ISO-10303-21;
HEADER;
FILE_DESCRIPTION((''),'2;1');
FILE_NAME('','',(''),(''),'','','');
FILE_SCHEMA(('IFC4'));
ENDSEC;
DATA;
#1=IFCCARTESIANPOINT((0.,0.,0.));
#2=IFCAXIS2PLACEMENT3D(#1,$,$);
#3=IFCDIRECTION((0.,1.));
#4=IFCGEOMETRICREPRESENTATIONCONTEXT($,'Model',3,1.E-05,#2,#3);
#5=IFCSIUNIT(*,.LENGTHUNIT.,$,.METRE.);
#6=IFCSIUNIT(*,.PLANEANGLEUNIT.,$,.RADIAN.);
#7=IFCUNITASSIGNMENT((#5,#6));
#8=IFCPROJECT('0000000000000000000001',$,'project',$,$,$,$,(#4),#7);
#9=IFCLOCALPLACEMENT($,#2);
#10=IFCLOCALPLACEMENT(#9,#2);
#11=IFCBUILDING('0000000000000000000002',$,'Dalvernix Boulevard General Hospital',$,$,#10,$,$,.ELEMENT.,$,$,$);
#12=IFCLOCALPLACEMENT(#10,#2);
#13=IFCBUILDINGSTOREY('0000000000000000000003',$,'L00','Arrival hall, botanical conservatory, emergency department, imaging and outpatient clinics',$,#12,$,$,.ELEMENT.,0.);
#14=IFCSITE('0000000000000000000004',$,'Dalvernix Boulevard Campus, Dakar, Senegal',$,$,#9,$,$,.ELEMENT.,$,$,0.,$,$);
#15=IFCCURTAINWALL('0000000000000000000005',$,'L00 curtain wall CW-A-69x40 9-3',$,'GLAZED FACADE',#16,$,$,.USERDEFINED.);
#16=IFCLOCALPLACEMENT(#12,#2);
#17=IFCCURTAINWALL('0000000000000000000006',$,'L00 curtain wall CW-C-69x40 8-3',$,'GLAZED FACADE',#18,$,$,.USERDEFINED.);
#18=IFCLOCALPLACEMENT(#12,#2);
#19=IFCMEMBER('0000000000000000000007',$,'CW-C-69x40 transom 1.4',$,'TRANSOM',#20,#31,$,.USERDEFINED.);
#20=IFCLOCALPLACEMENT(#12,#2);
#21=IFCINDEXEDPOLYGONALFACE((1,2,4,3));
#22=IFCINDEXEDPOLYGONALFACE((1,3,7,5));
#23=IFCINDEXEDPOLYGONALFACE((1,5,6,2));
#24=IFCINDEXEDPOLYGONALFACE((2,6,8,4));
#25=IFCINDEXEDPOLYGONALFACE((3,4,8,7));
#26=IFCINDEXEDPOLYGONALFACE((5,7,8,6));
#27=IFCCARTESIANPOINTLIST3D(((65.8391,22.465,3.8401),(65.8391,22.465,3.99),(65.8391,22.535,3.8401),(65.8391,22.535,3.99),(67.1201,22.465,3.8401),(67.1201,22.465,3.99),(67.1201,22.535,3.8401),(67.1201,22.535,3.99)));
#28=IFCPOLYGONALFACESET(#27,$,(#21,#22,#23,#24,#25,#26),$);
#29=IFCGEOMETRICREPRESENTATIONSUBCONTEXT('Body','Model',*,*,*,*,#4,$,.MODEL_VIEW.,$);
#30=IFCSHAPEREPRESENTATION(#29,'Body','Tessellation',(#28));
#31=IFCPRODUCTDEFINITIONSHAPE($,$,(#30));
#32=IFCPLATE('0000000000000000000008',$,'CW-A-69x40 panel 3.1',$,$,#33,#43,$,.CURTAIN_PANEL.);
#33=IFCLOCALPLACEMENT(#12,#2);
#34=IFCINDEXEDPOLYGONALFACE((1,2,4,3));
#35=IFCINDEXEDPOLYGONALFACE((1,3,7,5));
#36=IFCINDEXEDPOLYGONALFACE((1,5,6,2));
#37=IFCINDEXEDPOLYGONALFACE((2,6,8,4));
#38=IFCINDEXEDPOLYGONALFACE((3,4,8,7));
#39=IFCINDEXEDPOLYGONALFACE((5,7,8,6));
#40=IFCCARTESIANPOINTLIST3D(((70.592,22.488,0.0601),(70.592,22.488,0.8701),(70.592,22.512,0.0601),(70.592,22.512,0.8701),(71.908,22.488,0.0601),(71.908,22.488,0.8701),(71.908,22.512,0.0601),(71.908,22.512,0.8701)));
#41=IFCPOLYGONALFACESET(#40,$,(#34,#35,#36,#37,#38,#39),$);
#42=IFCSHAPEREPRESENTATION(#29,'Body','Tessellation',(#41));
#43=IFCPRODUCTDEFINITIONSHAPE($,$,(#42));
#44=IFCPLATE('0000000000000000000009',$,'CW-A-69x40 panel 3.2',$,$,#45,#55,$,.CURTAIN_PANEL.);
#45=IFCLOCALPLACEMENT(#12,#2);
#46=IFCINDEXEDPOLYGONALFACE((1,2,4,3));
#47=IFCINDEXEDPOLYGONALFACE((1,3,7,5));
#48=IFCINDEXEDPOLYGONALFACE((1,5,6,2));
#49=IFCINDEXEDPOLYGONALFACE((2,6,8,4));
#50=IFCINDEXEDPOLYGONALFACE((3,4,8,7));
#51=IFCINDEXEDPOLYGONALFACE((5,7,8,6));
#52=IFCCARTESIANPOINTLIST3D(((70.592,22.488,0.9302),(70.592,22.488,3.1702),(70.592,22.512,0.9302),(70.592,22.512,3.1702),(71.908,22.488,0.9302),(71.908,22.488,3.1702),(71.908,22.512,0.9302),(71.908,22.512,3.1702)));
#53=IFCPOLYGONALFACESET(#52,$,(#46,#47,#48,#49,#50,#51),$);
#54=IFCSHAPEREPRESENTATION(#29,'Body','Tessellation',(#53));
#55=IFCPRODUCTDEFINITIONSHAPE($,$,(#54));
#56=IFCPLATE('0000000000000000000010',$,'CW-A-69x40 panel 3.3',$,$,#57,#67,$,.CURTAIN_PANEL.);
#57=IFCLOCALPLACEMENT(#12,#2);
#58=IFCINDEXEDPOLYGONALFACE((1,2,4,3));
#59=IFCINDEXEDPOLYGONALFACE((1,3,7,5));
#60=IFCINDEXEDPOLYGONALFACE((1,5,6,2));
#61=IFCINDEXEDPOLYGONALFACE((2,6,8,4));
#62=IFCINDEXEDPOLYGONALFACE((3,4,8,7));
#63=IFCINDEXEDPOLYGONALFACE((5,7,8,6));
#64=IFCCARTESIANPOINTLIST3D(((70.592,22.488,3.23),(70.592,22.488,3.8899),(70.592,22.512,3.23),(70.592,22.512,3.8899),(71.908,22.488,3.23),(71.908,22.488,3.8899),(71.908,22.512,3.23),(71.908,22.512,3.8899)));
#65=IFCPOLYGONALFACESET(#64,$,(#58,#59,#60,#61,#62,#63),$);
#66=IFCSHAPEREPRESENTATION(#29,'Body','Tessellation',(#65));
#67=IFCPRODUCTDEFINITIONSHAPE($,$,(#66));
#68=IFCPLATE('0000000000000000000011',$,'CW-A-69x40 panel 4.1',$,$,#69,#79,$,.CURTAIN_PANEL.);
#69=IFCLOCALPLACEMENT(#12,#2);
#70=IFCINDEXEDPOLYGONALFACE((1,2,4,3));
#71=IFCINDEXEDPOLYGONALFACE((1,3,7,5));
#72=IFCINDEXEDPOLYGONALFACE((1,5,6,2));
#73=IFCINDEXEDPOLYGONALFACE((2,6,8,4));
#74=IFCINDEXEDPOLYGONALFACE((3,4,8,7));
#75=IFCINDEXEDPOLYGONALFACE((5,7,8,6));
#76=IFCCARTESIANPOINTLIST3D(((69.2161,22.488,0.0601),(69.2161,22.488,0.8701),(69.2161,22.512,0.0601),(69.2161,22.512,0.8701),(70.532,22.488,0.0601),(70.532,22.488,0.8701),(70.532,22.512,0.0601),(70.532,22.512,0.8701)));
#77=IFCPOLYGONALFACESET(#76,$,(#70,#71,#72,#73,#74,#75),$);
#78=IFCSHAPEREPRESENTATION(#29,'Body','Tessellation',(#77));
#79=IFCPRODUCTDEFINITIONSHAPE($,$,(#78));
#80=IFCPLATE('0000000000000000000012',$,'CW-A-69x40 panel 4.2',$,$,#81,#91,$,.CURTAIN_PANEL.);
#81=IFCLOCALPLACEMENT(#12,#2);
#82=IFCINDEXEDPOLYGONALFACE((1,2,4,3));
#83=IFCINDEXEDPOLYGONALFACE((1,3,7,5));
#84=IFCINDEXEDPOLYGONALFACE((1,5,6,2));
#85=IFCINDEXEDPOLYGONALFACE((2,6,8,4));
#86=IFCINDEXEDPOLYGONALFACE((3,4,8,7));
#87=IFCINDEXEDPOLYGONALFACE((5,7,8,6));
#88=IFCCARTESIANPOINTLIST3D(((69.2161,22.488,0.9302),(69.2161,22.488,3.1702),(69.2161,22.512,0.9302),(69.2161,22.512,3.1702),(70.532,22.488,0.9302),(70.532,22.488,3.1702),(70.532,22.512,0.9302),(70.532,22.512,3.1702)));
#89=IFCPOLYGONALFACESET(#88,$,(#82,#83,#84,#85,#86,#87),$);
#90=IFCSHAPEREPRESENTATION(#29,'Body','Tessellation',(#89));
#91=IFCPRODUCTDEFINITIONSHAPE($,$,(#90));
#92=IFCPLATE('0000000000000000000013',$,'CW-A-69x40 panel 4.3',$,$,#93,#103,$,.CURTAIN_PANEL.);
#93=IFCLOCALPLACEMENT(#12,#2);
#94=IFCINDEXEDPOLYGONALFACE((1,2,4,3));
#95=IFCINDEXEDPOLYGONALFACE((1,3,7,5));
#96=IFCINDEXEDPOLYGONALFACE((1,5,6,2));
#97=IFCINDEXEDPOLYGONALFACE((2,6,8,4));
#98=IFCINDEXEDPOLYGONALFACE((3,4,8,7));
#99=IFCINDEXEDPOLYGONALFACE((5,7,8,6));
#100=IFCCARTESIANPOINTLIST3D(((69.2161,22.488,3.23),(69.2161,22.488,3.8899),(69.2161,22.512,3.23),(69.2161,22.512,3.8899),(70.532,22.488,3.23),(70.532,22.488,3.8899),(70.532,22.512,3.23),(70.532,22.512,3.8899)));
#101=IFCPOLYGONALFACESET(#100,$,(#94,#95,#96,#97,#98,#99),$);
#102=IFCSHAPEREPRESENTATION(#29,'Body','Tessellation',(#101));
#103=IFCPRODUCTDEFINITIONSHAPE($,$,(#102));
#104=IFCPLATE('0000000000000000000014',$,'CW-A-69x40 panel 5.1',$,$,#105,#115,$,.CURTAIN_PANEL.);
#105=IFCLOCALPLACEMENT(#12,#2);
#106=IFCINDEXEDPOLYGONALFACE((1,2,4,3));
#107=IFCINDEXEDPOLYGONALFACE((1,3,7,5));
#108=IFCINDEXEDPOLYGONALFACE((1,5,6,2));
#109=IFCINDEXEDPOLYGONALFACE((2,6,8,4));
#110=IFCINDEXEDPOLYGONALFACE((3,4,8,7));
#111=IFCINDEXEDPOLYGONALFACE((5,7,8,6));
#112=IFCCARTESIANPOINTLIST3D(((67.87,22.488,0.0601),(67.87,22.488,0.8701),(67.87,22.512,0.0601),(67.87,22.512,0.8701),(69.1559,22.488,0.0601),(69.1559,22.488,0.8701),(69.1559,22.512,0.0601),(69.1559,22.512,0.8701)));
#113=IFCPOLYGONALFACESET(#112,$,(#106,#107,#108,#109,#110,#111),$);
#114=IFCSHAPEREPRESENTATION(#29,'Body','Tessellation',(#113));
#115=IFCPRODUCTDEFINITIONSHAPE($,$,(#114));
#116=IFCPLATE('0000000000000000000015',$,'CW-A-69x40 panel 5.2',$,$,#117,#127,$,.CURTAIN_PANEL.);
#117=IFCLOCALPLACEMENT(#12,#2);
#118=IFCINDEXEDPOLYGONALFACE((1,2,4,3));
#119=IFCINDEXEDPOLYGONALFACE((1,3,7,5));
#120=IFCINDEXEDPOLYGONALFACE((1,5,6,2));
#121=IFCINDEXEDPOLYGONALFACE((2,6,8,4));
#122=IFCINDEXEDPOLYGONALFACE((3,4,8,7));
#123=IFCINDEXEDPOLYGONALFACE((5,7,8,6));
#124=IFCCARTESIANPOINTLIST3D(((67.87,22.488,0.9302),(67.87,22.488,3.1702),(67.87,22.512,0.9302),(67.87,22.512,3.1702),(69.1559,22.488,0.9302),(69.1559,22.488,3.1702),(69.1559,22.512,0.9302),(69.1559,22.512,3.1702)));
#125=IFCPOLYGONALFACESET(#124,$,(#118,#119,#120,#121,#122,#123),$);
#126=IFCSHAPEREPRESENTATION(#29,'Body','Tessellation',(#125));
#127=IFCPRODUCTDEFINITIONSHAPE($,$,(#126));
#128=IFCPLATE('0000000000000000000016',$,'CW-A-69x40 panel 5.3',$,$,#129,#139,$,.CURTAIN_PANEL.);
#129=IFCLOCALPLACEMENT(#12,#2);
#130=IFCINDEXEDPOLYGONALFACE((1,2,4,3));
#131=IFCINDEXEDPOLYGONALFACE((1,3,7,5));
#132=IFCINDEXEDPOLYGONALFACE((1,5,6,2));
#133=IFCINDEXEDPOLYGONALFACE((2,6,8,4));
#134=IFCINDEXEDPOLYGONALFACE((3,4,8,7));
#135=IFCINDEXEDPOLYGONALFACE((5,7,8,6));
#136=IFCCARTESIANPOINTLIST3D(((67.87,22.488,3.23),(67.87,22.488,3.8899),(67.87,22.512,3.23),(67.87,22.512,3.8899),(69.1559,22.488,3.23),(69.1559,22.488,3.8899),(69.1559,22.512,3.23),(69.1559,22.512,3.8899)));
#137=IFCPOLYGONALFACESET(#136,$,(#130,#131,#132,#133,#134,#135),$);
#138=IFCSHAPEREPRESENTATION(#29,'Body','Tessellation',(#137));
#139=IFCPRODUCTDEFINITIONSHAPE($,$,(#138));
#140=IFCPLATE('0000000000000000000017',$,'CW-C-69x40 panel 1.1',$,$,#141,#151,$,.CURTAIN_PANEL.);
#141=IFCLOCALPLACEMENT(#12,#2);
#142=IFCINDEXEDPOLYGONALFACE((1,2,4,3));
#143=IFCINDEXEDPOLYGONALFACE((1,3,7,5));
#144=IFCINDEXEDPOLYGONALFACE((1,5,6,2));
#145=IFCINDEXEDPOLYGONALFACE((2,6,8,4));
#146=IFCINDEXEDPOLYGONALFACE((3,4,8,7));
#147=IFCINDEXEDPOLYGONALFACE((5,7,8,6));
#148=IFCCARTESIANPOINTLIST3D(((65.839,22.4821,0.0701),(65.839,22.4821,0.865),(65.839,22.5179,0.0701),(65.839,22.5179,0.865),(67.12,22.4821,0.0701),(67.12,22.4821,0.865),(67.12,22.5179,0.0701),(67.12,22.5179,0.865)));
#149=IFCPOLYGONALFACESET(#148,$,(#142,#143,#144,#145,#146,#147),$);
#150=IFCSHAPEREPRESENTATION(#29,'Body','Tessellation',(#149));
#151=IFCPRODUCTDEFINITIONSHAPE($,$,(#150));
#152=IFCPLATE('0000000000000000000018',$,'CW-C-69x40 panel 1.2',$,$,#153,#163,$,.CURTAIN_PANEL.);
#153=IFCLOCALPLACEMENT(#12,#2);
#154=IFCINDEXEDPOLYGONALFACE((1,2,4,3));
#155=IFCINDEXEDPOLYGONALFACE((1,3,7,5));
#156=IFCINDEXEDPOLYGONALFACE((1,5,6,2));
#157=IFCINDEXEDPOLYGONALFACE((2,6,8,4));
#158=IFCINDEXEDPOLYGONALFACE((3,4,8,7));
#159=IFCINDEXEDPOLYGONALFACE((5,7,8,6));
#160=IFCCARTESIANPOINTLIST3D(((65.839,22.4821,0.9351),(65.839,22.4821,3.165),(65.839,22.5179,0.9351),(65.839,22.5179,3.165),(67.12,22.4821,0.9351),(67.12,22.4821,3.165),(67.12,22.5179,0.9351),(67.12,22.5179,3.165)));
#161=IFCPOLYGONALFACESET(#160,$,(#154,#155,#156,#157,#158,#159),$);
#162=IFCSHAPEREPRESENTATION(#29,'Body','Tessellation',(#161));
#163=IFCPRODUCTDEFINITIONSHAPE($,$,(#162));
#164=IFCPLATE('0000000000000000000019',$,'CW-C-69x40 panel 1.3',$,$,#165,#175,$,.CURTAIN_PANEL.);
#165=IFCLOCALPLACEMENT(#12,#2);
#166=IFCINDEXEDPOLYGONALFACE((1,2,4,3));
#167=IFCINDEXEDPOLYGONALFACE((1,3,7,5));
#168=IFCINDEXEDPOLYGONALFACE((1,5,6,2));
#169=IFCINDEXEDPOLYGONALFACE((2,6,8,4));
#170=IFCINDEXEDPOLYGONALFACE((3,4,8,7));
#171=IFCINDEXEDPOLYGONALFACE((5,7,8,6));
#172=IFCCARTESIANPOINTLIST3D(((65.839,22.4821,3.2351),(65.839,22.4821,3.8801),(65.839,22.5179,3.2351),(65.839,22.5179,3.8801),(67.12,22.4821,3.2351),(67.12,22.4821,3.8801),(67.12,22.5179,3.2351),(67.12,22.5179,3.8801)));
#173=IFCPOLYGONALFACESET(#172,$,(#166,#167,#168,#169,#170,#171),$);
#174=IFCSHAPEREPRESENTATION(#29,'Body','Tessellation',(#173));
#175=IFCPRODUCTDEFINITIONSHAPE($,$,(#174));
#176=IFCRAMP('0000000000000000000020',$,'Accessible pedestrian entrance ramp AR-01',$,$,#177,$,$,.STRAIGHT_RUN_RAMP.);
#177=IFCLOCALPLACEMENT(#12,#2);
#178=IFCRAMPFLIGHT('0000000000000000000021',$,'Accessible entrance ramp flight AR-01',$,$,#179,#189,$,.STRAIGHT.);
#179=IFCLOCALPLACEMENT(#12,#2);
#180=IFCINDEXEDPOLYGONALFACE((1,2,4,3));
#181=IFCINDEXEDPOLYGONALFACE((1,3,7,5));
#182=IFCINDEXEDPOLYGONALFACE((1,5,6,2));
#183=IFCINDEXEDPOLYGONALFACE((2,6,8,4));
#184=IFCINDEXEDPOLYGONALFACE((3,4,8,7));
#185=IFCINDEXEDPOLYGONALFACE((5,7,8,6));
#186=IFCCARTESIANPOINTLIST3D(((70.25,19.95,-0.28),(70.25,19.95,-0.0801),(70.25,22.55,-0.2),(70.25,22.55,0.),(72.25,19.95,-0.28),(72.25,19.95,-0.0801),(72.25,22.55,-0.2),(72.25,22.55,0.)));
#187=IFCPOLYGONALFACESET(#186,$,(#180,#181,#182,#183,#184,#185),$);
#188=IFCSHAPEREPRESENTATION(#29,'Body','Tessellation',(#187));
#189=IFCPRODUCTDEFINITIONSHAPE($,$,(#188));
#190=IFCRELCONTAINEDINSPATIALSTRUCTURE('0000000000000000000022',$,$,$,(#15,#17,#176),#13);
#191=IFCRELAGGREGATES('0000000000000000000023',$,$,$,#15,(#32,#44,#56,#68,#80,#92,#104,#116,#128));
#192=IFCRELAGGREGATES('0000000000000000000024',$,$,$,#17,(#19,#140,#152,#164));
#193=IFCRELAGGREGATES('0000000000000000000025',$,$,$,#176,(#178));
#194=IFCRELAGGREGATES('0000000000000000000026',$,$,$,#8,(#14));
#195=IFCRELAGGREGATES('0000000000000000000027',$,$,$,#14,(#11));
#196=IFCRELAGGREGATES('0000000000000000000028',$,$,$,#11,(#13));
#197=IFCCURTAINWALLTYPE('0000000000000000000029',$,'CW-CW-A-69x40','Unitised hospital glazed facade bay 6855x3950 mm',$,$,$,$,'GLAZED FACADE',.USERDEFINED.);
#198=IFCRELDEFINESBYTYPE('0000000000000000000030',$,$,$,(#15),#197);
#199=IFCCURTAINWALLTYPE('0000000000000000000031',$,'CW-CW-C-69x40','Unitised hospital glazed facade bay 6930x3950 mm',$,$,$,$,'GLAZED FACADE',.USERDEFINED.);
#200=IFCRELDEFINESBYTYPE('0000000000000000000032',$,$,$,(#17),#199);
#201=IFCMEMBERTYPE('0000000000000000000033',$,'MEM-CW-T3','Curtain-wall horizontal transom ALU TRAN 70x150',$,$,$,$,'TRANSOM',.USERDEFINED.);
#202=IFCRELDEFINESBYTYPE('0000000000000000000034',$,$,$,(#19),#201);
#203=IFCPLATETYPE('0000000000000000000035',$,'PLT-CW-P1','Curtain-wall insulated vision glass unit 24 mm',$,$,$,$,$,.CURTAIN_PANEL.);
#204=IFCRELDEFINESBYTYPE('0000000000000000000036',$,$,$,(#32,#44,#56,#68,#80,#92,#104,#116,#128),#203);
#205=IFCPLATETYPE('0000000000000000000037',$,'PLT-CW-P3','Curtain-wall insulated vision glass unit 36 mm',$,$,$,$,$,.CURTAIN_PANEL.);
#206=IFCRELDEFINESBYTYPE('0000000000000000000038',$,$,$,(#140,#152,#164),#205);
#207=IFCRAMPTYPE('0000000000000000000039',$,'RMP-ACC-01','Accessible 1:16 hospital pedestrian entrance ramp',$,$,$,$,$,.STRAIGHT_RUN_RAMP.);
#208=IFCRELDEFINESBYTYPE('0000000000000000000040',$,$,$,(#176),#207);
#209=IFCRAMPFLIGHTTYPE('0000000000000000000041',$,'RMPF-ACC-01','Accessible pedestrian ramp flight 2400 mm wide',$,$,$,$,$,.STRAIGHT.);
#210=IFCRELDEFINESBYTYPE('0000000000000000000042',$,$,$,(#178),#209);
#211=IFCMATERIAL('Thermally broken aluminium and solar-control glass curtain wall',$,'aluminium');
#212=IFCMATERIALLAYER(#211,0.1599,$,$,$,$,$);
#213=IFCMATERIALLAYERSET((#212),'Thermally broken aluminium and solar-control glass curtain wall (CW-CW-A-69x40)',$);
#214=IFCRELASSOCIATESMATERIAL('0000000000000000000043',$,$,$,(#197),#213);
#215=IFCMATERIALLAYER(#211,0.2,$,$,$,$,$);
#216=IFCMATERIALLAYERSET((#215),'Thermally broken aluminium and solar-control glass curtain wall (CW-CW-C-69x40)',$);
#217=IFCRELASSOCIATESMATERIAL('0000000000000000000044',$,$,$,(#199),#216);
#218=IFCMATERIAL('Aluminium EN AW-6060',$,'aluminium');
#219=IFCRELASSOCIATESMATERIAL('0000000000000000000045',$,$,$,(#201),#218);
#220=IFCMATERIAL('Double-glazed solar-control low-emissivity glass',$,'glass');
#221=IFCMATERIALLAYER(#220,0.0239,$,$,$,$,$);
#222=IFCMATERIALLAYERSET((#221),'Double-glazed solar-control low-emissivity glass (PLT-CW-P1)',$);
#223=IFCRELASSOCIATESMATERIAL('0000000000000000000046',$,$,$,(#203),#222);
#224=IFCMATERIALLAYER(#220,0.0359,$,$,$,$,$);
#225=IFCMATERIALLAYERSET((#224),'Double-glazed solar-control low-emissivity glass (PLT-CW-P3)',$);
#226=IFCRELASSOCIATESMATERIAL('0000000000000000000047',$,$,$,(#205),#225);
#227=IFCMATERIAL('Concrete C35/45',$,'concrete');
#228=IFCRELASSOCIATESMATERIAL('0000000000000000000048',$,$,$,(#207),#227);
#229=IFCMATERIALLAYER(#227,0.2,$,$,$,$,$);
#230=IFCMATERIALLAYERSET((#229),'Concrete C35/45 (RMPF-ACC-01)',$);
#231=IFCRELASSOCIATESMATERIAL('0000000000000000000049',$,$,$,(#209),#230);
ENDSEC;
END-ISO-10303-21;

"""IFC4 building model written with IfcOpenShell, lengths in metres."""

from ifc_helpers import new_model, si_unit, direction, frame, origin, origin_2d, place, context, subcontext, project, spatial, polyline, rectangle, outline, extrude, material, layer, layer_set, material_profile, profile_set, type_object, element, aggregate, save


model = new_model("IFC4")

# Units and contexts
model_context = context("Model", 3, precision=1e-05, world=origin(), true_north=direction((0.0, 1.0)))
body_context = subcontext(model_context, "Body", "Model", "MODEL_VIEW")
ifc_project = project(units=[si_unit("LENGTHUNIT", "METRE"), si_unit("PLANEANGLEUNIT", "RADIAN")], contexts=[model_context])

# Site, building, storey
site_placement = place(None, origin())
site = spatial("IfcSite", under=ifc_project, at=site_placement, Name="Dalvernix Boulevard Campus, Dakar, Senegal", CompositionType="ELEMENT", RefElevation=0.0)
building_placement = place(site_placement, origin())
building = spatial("IfcBuilding", under=site, at=building_placement, Name="Dalvernix Boulevard General Hospital", CompositionType="ELEMENT")
storey_placement = place(building_placement, origin())
storey = spatial("IfcBuildingStorey", under=building, at=storey_placement, Name="L00", Description="Arrival hall, botanical conservatory, emergency department, imaging and outpatient clinics", CompositionType="ELEMENT", Elevation=0.0)

# Shared definitions
ifc_material_1 = material(Name="Concrete C35/45", Category="concrete")

# Curtain wall
ifc_material_2 = material(Name="Thermally broken aluminium and solar-control glass curtain wall", Category="aluminium")
ifc_layer_1 = layer(ifc_material_2, 0.1599)
ifc_layer_set_1 = layer_set([ifc_layer_1], Name="Thermally broken aluminium and solar-control glass curtain wall (CW-CW-A-69x40)")
curtain_wall_type_1 = type_object("IfcCurtainWallType", Name="CW-CW-A-69x40", Description="Unitised hospital glazed facade bay 6855x3950 mm", ElementType="GLAZED FACADE", PredefinedType="USERDEFINED", material=ifc_layer_set_1)
curtain_wall_1_placement = place(storey_placement, origin())
curtain_wall_1 = element("IfcCurtainWall", 1, at=curtain_wall_1_placement, inside=storey, type_object=curtain_wall_type_1, Name="L00 curtain wall CW-A-69x40 9-3", ObjectType="GLAZED FACADE", PredefinedType="USERDEFINED")
ifc_material_3 = material(Name="Aluminium EN AW-6060", Category="aluminium")

# Curtain wall
ifc_layer_2 = layer(ifc_material_2, 0.2)
ifc_layer_set_2 = layer_set([ifc_layer_2], Name="Thermally broken aluminium and solar-control glass curtain wall (CW-CW-C-69x40)")
curtain_wall_type_2 = type_object("IfcCurtainWallType", Name="CW-CW-C-69x40", Description="Unitised hospital glazed facade bay 6930x3950 mm", ElementType="GLAZED FACADE", PredefinedType="USERDEFINED", material=ifc_layer_set_2)
curtain_wall_2_placement = place(storey_placement, origin())
curtain_wall_2 = element("IfcCurtainWall", 2, at=curtain_wall_2_placement, inside=storey, type_object=curtain_wall_type_2, Name="L00 curtain wall CW-C-69x40 8-3", ObjectType="GLAZED FACADE", PredefinedType="USERDEFINED")

# Member
ifc_material_profile_1 = material_profile(ifc_material_3, rectangle(XDim=0.0701, YDim=0.1499, at=origin_2d()), Name="ALU TRAN 70x150")
ifc_profile_set_1 = profile_set([ifc_material_profile_1], Name="Aluminium EN AW-6060")
member_type_1 = type_object("IfcMemberType", Name="MEM-CW-T3", Description="Curtain-wall horizontal transom ALU TRAN 70x150", ElementType="TRANSOM", PredefinedType="USERDEFINED", material=ifc_profile_set_1)
member_1_placement = place(storey_placement, frame((67.1201, 22.5, 3.915), z_axis=(-1.0, 0.0, 0.0), x_axis=(0.0, -1.0, 0.0)))
member_1 = element("IfcMember", 3, at=member_1_placement, type_object=member_type_1, Name="CW-C-69x40 transom 1.4", ObjectType="TRANSOM", PredefinedType="USERDEFINED", context=body_context, shape_type="SweptSolid", body=[
    extrude(rectangle(XDim=0.0701, YDim=0.1499, at=origin_2d()), origin(), (0.0, 0.0, 1.0), 1.281),
])

# Plates
ifc_material_4 = material(Name="Double-glazed solar-control low-emissivity glass", Category="glass")
ifc_layer_3 = layer(ifc_material_4, 0.0239)
ifc_layer_set_3 = layer_set([ifc_layer_3], Name="Double-glazed solar-control low-emissivity glass (PLT-CW-P1)")
plate_type_1 = type_object("IfcPlateType", Name="PLT-CW-P1", Description="Curtain-wall insulated vision glass unit 24 mm", PredefinedType="CURTAIN_PANEL", material=ifc_layer_set_3)
plate_1_placement = place(storey_placement, frame((71.25, 22.5, 0.0601), z_axis=(0.0, 0.0, 1.0), x_axis=(-1.0, 0.0, 0.0)))
plate_1 = element("IfcPlate", 4, at=plate_1_placement, type_object=plate_type_1, Name="CW-A-69x40 panel 3.1", PredefinedType="CURTAIN_PANEL", context=body_context, shape_type="SweptSolid", body=[
    extrude(rectangle(XDim=1.3159, YDim=0.0239, at=origin_2d()), origin(), (0.0, 0.0, 1.0), 0.8101),
])
plate_2_placement = place(storey_placement, frame((71.25, 22.5, 0.9302), z_axis=(0.0, 0.0, 1.0), x_axis=(-1.0, 0.0, 0.0)))
plate_2 = element("IfcPlate", 5, at=plate_2_placement, type_object=plate_type_1, Name="CW-A-69x40 panel 3.2", PredefinedType="CURTAIN_PANEL", context=body_context, shape_type="SweptSolid", body=[
    extrude(rectangle(XDim=1.3159, YDim=0.0239, at=origin_2d()), origin(), (0.0, 0.0, 1.0), 2.24),
])
plate_3_placement = place(storey_placement, frame((71.25, 22.5, 3.23), z_axis=(0.0, 0.0, 1.0), x_axis=(-1.0, 0.0, 0.0)))
plate_3 = element("IfcPlate", 6, at=plate_3_placement, type_object=plate_type_1, Name="CW-A-69x40 panel 3.3", PredefinedType="CURTAIN_PANEL", context=body_context, shape_type="SweptSolid", body=[
    extrude(rectangle(XDim=1.3159, YDim=0.0239, at=origin_2d()), origin(), (0.0, 0.0, 1.0), 0.6599),
])
plate_4_placement = place(storey_placement, frame((69.874, 22.5, 0.0601), z_axis=(0.0, 0.0, 1.0), x_axis=(-1.0, 0.0, 0.0)))
plate_4 = element("IfcPlate", 7, at=plate_4_placement, type_object=plate_type_1, Name="CW-A-69x40 panel 4.1", PredefinedType="CURTAIN_PANEL", context=body_context, shape_type="SweptSolid", body=[
    extrude(rectangle(XDim=1.3159, YDim=0.0239, at=origin_2d()), origin(), (0.0, 0.0, 1.0), 0.8101),
])
plate_5_placement = place(storey_placement, frame((69.874, 22.5, 0.9302), z_axis=(0.0, 0.0, 1.0), x_axis=(-1.0, 0.0, 0.0)))
plate_5 = element("IfcPlate", 8, at=plate_5_placement, type_object=plate_type_1, Name="CW-A-69x40 panel 4.2", PredefinedType="CURTAIN_PANEL", context=body_context, shape_type="SweptSolid", body=[
    extrude(rectangle(XDim=1.3159, YDim=0.0239, at=origin_2d()), origin(), (0.0, 0.0, 1.0), 2.24),
])
plate_6_placement = place(storey_placement, frame((69.874, 22.5, 3.23), z_axis=(0.0, 0.0, 1.0), x_axis=(-1.0, 0.0, 0.0)))
plate_6 = element("IfcPlate", 9, at=plate_6_placement, type_object=plate_type_1, Name="CW-A-69x40 panel 4.3", PredefinedType="CURTAIN_PANEL", context=body_context, shape_type="SweptSolid", body=[
    extrude(rectangle(XDim=1.3159, YDim=0.0239, at=origin_2d()), origin(), (0.0, 0.0, 1.0), 0.6599),
])
plate_7_placement = place(storey_placement, frame((68.5129, 22.5, 0.0601), z_axis=(0.0, 0.0, 1.0), x_axis=(-1.0, 0.0, 0.0)))
plate_7 = element("IfcPlate", 10, at=plate_7_placement, type_object=plate_type_1, Name="CW-A-69x40 panel 5.1", PredefinedType="CURTAIN_PANEL", context=body_context, shape_type="SweptSolid", body=[
    extrude(rectangle(XDim=1.2859, YDim=0.0239, at=origin_2d()), origin(), (0.0, 0.0, 1.0), 0.8101),
])
plate_8_placement = place(storey_placement, frame((68.5129, 22.5, 0.9302), z_axis=(0.0, 0.0, 1.0), x_axis=(-1.0, 0.0, 0.0)))
plate_8 = element("IfcPlate", 11, at=plate_8_placement, type_object=plate_type_1, Name="CW-A-69x40 panel 5.2", PredefinedType="CURTAIN_PANEL", context=body_context, shape_type="SweptSolid", body=[
    extrude(rectangle(XDim=1.2859, YDim=0.0239, at=origin_2d()), origin(), (0.0, 0.0, 1.0), 2.24),
])
plate_9_placement = place(storey_placement, frame((68.5129, 22.5, 3.23), z_axis=(0.0, 0.0, 1.0), x_axis=(-1.0, 0.0, 0.0)))
plate_9 = element("IfcPlate", 12, at=plate_9_placement, type_object=plate_type_1, Name="CW-A-69x40 panel 5.3", PredefinedType="CURTAIN_PANEL", context=body_context, shape_type="SweptSolid", body=[
    extrude(rectangle(XDim=1.2859, YDim=0.0239, at=origin_2d()), origin(), (0.0, 0.0, 1.0), 0.6599),
])
aggregate(curtain_wall_1, [plate_1, plate_2, plate_3, plate_4, plate_5, plate_6, plate_7, plate_8, plate_9])
ifc_layer_4 = layer(ifc_material_4, 0.0359)
ifc_layer_set_4 = layer_set([ifc_layer_4], Name="Double-glazed solar-control low-emissivity glass (PLT-CW-P3)")
plate_type_2 = type_object("IfcPlateType", Name="PLT-CW-P3", Description="Curtain-wall insulated vision glass unit 36 mm", PredefinedType="CURTAIN_PANEL", material=ifc_layer_set_4)
plate_10_placement = place(storey_placement, frame((66.4795, 22.5, 0.0701), z_axis=(0.0, 0.0, 1.0), x_axis=(-1.0, 0.0, 0.0)))
plate_10 = element("IfcPlate", 13, at=plate_10_placement, type_object=plate_type_2, Name="CW-C-69x40 panel 1.1", PredefinedType="CURTAIN_PANEL", context=body_context, shape_type="SweptSolid", body=[
    extrude(rectangle(XDim=1.281, YDim=0.0359, at=origin_2d()), origin(), (0.0, 0.0, 1.0), 0.7949),
])
plate_11_placement = place(storey_placement, frame((66.4795, 22.5, 0.9351), z_axis=(0.0, 0.0, 1.0), x_axis=(-1.0, 0.0, 0.0)))
plate_11 = element("IfcPlate", 14, at=plate_11_placement, type_object=plate_type_2, Name="CW-C-69x40 panel 1.2", PredefinedType="CURTAIN_PANEL", context=body_context, shape_type="SweptSolid", body=[
    extrude(rectangle(XDim=1.281, YDim=0.0359, at=origin_2d()), origin(), (0.0, 0.0, 1.0), 2.23),
])
plate_12_placement = place(storey_placement, frame((66.4795, 22.5, 3.2351), z_axis=(0.0, 0.0, 1.0), x_axis=(-1.0, 0.0, 0.0)))
plate_12 = element("IfcPlate", 15, at=plate_12_placement, type_object=plate_type_2, Name="CW-C-69x40 panel 1.3", PredefinedType="CURTAIN_PANEL", context=body_context, shape_type="SweptSolid", body=[
    extrude(rectangle(XDim=1.281, YDim=0.0359, at=origin_2d()), origin(), (0.0, 0.0, 1.0), 0.645),
])
aggregate(curtain_wall_2, [member_1, plate_10, plate_11, plate_12])

# Ramp, ramp flight
ramp_type = type_object("IfcRampType", Name="RMP-ACC-01", Description="Accessible 1:16 hospital pedestrian entrance ramp", PredefinedType="STRAIGHT_RUN_RAMP", material=ifc_material_1)
ramp_placement = place(storey_placement, origin())
ramp = element("IfcRamp", 16, at=ramp_placement, inside=storey, type_object=ramp_type, Name="Accessible pedestrian entrance ramp AR-01", PredefinedType="STRAIGHT_RUN_RAMP")
ifc_layer_5 = layer(ifc_material_1, 0.2)
ifc_layer_set_5 = layer_set([ifc_layer_5], Name="Concrete C35/45 (RMPF-ACC-01)")
ramp_flight_type = type_object("IfcRampFlightType", Name="RMPF-ACC-01", Description="Accessible pedestrian ramp flight 2400 mm wide", PredefinedType="STRAIGHT", material=ifc_layer_set_5)
ramp_flight_placement = place(storey_placement, frame((71.25, 19.95, -0.0801), z_axis=(0.0, 0.0, 1.0), x_axis=(0.0, 1.0, 0.0)))
ramp_flight = element("IfcRampFlight", 17, at=ramp_flight_placement, type_object=ramp_flight_type, Name="Accessible entrance ramp flight AR-01", PredefinedType="STRAIGHT", context=body_context, shape_type="SweptSolid", body=[
    extrude(outline(polyline([(0.0, 0.0), (0.0, -0.2), (2.6001, -0.1199), (2.6001, 0.0801), (0.0, 0.0)])), frame((0.0, 1.0, 0.0), z_axis=(0.0, -1.0, 0.0), x_axis=(1.0, 0.0, 0.0)), (0.0, 0.0, 1.0), 2.0),
])
aggregate(ramp, [ramp_flight])

save(model, "model.ifc")
